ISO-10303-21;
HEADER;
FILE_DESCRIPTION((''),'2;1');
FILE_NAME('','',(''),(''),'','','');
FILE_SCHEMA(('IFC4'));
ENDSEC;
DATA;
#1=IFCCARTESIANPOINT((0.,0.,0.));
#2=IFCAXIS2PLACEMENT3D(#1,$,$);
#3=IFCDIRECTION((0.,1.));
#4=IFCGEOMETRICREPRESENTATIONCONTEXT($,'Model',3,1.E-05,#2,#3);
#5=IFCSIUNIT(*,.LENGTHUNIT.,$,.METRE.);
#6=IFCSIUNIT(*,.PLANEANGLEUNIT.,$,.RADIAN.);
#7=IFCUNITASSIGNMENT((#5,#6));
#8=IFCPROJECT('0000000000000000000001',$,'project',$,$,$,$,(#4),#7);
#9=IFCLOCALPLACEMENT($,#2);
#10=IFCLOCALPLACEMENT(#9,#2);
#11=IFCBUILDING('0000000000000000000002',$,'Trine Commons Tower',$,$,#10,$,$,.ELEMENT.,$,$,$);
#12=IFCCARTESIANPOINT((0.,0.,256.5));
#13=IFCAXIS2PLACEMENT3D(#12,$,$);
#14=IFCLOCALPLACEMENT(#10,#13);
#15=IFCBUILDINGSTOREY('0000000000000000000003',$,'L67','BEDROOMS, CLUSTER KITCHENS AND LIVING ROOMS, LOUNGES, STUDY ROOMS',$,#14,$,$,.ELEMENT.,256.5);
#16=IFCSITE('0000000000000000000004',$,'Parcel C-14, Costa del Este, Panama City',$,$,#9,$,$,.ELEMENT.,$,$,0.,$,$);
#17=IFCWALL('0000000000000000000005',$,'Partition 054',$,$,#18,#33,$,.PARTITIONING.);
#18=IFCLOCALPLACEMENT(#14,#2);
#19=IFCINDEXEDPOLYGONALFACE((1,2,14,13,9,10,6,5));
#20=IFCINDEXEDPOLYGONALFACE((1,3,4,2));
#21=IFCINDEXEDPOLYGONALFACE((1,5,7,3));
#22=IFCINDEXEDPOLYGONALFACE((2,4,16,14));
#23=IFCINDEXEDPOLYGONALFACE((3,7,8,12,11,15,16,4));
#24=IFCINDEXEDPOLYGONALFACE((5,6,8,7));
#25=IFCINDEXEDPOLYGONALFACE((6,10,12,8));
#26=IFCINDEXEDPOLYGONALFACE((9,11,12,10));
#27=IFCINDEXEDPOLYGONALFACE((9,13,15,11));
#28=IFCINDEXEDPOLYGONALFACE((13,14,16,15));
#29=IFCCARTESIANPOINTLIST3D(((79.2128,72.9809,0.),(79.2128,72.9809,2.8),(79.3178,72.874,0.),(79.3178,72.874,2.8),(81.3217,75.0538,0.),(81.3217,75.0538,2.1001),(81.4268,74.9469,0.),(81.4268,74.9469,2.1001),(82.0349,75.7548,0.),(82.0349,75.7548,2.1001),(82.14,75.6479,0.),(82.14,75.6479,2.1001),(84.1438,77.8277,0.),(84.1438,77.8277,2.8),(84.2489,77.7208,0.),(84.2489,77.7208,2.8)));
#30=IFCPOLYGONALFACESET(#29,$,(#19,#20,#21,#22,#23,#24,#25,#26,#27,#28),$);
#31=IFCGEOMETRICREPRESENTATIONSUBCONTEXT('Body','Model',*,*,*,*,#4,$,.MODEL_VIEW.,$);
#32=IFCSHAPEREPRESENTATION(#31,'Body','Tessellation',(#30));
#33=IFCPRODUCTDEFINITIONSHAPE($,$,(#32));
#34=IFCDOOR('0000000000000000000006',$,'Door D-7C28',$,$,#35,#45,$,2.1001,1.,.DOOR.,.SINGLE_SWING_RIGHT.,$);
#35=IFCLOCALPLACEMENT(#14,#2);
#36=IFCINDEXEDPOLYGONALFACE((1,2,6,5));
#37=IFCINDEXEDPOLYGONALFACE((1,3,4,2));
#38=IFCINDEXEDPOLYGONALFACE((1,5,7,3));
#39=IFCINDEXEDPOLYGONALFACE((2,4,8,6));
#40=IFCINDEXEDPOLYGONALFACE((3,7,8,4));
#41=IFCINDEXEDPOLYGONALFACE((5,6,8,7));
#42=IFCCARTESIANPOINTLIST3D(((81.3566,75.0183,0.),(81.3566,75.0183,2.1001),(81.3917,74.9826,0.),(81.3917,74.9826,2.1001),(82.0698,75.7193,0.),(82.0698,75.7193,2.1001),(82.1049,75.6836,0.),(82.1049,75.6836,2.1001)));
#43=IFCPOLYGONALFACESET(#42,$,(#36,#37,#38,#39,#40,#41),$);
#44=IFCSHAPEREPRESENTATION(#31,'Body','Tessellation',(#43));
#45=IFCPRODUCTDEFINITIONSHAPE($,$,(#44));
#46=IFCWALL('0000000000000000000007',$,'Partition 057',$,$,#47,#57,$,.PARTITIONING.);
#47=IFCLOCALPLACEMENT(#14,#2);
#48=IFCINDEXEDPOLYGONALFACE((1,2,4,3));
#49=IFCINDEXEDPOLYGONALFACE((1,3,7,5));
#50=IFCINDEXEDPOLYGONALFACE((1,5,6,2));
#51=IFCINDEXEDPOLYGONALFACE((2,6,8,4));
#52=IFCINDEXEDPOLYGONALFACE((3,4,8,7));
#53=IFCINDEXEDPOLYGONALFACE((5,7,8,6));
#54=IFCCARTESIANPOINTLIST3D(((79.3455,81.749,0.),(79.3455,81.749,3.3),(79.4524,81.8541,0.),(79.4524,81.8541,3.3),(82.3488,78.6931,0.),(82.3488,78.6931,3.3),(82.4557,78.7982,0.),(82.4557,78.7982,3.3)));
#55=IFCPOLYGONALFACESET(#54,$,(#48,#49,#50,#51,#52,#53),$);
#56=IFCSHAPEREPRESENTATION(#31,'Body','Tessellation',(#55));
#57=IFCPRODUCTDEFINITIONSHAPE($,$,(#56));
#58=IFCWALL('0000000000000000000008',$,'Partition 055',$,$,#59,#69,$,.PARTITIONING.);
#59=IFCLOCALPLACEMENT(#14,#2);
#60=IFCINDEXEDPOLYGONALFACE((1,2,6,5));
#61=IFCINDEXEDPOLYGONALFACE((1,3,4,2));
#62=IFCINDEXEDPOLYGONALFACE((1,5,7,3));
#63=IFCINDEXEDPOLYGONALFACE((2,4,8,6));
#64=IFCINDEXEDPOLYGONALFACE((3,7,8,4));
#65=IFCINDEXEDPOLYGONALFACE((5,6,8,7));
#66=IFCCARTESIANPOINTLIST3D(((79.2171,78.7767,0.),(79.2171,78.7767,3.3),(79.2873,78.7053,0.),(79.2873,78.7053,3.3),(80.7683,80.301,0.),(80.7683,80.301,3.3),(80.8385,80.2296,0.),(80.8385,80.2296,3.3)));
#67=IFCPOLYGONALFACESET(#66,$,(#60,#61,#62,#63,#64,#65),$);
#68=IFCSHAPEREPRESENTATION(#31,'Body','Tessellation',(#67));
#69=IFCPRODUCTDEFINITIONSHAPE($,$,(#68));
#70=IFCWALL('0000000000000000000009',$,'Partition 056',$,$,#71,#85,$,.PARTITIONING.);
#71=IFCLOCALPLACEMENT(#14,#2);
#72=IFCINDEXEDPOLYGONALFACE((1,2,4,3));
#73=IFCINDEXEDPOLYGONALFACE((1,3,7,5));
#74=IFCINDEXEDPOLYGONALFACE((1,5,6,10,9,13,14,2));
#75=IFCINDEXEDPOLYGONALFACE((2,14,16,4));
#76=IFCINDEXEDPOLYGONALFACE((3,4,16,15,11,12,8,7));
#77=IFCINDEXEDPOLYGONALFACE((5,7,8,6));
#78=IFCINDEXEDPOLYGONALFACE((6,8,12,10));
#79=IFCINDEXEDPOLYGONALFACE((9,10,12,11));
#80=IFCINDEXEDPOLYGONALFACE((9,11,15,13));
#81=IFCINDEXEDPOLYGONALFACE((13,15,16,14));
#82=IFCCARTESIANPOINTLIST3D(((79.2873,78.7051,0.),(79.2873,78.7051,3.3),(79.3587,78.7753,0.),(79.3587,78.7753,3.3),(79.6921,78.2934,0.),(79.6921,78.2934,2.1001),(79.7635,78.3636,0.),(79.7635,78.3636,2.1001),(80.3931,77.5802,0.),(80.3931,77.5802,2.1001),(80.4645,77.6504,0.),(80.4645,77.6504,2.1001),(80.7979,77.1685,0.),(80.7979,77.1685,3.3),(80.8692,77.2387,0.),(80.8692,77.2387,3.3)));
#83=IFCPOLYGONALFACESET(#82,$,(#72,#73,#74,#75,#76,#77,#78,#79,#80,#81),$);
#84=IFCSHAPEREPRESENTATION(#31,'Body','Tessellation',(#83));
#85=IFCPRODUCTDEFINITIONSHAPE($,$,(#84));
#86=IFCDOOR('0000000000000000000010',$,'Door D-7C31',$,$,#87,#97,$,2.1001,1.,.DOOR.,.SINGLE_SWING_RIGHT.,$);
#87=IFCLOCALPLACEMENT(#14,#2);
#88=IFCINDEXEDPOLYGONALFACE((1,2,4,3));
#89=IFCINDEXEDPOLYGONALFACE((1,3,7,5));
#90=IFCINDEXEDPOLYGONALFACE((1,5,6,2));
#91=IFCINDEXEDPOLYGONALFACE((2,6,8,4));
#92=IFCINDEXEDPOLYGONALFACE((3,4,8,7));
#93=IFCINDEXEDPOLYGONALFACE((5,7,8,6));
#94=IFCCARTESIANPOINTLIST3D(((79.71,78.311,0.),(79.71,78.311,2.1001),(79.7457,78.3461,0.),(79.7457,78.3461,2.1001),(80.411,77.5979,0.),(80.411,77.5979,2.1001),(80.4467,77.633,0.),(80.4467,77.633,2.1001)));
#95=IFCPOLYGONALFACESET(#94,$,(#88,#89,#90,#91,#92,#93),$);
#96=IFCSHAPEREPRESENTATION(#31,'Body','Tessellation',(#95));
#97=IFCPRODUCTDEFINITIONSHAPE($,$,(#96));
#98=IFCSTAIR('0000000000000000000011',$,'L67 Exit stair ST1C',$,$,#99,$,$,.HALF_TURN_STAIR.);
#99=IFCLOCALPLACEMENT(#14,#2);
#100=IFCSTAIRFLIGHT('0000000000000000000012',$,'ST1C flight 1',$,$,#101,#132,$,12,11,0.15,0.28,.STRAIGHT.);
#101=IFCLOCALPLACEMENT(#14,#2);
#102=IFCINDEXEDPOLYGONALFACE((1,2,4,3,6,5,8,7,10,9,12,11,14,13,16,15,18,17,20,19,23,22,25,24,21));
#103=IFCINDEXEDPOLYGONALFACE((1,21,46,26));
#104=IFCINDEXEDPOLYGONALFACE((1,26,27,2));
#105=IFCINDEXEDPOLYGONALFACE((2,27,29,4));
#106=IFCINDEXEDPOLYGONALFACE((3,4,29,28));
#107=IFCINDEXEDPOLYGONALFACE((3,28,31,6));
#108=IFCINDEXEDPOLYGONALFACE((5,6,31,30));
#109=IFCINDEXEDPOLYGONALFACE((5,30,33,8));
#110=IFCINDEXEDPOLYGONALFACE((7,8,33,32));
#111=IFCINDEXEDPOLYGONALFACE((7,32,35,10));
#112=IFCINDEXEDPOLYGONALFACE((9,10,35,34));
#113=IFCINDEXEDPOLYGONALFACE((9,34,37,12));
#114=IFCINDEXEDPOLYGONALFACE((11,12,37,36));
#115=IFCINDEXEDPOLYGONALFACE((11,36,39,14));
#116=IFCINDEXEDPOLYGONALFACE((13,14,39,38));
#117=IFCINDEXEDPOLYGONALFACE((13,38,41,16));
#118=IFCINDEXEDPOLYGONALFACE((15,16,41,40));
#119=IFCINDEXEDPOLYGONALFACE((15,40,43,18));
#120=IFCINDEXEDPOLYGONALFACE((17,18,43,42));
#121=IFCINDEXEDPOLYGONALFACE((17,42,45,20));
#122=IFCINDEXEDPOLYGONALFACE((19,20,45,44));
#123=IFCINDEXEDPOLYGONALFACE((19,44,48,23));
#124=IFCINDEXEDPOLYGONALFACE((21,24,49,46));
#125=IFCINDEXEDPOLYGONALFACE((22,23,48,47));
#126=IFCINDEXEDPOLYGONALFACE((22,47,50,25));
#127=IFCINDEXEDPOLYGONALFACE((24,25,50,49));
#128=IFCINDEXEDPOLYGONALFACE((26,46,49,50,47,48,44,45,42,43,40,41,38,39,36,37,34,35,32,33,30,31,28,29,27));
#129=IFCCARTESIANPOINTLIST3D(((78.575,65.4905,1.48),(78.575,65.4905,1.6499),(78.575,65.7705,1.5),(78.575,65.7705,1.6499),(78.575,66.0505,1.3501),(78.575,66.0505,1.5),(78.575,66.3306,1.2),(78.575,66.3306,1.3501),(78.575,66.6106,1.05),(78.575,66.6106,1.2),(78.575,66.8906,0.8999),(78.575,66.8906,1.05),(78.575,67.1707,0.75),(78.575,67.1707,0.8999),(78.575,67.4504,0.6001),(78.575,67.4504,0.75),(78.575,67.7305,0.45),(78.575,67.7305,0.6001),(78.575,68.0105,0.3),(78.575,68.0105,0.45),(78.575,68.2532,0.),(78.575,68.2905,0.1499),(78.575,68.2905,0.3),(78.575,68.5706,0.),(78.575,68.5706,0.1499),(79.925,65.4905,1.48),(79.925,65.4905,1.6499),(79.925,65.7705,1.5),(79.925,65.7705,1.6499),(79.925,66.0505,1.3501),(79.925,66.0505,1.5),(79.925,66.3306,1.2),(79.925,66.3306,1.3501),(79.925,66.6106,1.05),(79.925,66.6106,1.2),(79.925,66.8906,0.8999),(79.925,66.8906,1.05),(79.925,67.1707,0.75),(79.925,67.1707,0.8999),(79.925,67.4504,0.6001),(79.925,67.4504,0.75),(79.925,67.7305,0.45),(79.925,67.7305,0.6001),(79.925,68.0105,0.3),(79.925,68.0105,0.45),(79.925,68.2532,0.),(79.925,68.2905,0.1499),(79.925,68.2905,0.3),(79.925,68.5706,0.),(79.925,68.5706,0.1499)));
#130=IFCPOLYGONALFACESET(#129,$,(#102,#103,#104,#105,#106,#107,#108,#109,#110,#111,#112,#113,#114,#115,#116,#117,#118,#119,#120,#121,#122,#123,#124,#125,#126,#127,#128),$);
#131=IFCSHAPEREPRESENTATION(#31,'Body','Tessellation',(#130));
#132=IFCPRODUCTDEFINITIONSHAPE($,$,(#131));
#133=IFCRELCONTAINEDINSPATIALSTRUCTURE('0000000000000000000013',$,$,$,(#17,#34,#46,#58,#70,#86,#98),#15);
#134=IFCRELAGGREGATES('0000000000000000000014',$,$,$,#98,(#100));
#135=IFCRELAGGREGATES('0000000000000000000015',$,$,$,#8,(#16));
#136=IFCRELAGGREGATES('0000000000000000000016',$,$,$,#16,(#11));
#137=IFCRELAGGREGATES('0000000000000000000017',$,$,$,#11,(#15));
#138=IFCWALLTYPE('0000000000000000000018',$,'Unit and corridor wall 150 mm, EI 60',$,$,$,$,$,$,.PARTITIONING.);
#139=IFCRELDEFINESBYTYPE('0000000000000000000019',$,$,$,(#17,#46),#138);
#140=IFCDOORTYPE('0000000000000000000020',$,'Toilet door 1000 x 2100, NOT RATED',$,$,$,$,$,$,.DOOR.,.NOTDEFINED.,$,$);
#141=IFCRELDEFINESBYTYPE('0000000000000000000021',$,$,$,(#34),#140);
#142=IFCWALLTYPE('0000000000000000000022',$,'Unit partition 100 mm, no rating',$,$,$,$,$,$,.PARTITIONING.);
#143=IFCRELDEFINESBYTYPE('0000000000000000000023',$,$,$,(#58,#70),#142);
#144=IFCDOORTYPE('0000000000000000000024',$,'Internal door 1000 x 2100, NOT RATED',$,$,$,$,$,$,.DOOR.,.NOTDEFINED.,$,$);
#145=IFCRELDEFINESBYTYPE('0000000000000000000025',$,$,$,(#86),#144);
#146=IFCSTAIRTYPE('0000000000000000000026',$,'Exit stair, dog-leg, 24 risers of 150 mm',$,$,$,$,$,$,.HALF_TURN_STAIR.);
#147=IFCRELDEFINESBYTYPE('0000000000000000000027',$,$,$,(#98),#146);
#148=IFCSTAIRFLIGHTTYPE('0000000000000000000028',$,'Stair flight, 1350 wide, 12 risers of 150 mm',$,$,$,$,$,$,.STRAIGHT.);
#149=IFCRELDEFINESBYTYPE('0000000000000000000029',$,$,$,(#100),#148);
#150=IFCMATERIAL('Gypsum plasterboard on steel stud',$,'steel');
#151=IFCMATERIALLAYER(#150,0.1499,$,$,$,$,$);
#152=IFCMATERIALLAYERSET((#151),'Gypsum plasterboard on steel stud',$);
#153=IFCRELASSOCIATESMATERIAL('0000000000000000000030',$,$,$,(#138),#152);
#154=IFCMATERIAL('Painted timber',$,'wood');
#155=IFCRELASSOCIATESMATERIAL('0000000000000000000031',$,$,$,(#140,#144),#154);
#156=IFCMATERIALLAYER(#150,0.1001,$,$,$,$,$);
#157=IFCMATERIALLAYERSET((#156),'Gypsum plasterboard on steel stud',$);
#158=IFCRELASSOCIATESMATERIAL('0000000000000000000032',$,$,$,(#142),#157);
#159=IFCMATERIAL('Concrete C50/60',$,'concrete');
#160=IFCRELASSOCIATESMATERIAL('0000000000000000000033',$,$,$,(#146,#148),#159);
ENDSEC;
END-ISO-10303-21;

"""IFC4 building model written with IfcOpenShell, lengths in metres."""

from ifc_helpers import new_model, si_unit, direction, frame, frame_2d, origin, place, context, subcontext, project, spatial, polyline, rectangle, outline, extrude, material, layer, layer_set, type_object, element, fill, aggregate, save


model = new_model("IFC4")

# Units and contexts
model_context = context("Model", 3, precision=1e-05, world=origin(), true_north=direction((0.0, 1.0)))
body_context = subcontext(model_context, "Body", "Model", "MODEL_VIEW")
ifc_project = project(units=[si_unit("LENGTHUNIT", "METRE"), si_unit("PLANEANGLEUNIT", "RADIAN")], contexts=[model_context])

# Site, building, storey
site_placement = place(None, origin())
site = spatial("IfcSite", under=ifc_project, at=site_placement, Name="Parcel C-14, Costa del Este, Panama City", CompositionType="ELEMENT", RefElevation=0.0)
building_placement = place(site_placement, origin())
building = spatial("IfcBuilding", under=site, at=building_placement, Name="Trine Commons Tower", CompositionType="ELEMENT")
storey_placement = place(building_placement, frame((0.0, 0.0, 256.5)))
storey = spatial("IfcBuildingStorey", under=building, at=storey_placement, Name="L67", Description="BEDROOMS, CLUSTER KITCHENS AND LIVING ROOMS, LOUNGES, STUDY ROOMS", CompositionType="ELEMENT", Elevation=256.5)

# Shared definitions
ifc_material_1 = material(Name="Concrete C50/60", Category="concrete")

# Shared definitions
ifc_material_2 = material(Name="Gypsum plasterboard on steel stud", Category="steel")
ifc_layer_1 = layer(ifc_material_2, 0.1499)
ifc_layer_set_1 = layer_set([ifc_layer_1], Name="Gypsum plasterboard on steel stud")
wall_type_1 = type_object("IfcWallType", Name="Unit and corridor wall 150 mm, EI 60", PredefinedType="PARTITIONING", material=ifc_layer_set_1)

# Shared definitions
ifc_material_3 = material(Name="Painted timber", Category="wood")

# Wall, opening, door
wall_1_placement = place(storey_placement, frame((79.2654, 72.9275, 0.0), z_axis=(0.0, 0.0, 1.0), x_axis=(0.713171, 0.70099, 0.0)))
wall_1 = element("IfcWall", 1, at=wall_1_placement, inside=storey, type_object=wall_type_1, Name="Partition 054", PredefinedType="PARTITIONING", context=body_context, shape_type="SweptSolid", body=[
    extrude(rectangle(XDim=6.9143, YDim=0.1499, at=frame_2d((3.457, 0.0))), origin(), (0.0, 0.0, 1.0), 2.8),
])
opening_1_placement = place(wall_1_placement, frame((2.957, 0.0, 0.0)))
opening_1 = element("IfcOpeningElement", 2, at=opening_1_placement, cuts=wall_1, PredefinedType="OPENING", context=body_context, shape_type="SweptSolid", body=[
    extrude(rectangle(XDim=1.0, YDim=2.1001, at=frame_2d((0.5, 1.05))), frame((0.0, 0.085, 0.0), z_axis=(0.0, -1.0, 0.0), x_axis=(1.0, 0.0, 0.0)), (0.0, 0.0, 1.0), 0.1699),
])
door_type_1 = type_object("IfcDoorType", Name="Toilet door 1000 x 2100, NOT RATED", OperationType="NOTDEFINED", PredefinedType="DOOR", material=ifc_material_3)
door_1_placement = place(opening_1_placement, frame((1.0, 0.0, 0.0), z_axis=(0.0, 0.0, 1.0), x_axis=(-1.0, 0.0, 0.0)))
door_1 = element("IfcDoor", 3, at=door_1_placement, inside=storey, type_object=door_type_1, Name="Door D-7C28", OperationType="SINGLE_SWING_RIGHT", OverallHeight=2.1001, OverallWidth=1.0, PredefinedType="DOOR", context=body_context, shape_type="SweptSolid", body=[
    extrude(rectangle(XDim=1.0, YDim=2.1001, at=frame_2d((0.5, 1.05))), frame((0.0, 0.0249, 0.0), z_axis=(0.0, -1.0, 0.0), x_axis=(1.0, 0.0, 0.0)), (0.0, 0.0, 1.0), 0.05),
])
fill(opening_1, door_1)

# Walls
wall_2_placement = place(storey_placement, frame((79.3989, 81.8015, 0.0), z_axis=(0.0, 0.0, 1.0), x_axis=(0.700955, -0.713205, 0.0)))
element("IfcWall", 4, at=wall_2_placement, inside=storey, type_object=wall_type_1, Name="Partition 057", PredefinedType="PARTITIONING", context=body_context, shape_type="SweptSolid", body=[
    extrude(rectangle(XDim=4.2847, YDim=0.1499, at=frame_2d((2.1423, 0.0))), origin(), (0.0, 0.0, 1.0), 3.3),
])
ifc_layer_2 = layer(ifc_material_2, 0.1001)
ifc_layer_set_2 = layer_set([ifc_layer_2], Name="Gypsum plasterboard on steel stud")
wall_type_2 = type_object("IfcWallType", Name="Unit partition 100 mm, no rating", PredefinedType="PARTITIONING", material=ifc_layer_set_2)
wall_3_placement = place(storey_placement, frame((79.2522, 78.741, 0.0), z_axis=(0.0, 0.0, 1.0), x_axis=(0.713254, 0.700906, 0.0)))
element("IfcWall", 5, at=wall_3_placement, inside=storey, type_object=wall_type_2, Name="Partition 055", PredefinedType="PARTITIONING", context=body_context, shape_type="SweptSolid", body=[
    extrude(rectangle(XDim=2.1748, YDim=0.1001, at=frame_2d((1.0874, 0.0))), origin(), (0.0, 0.0, 1.0), 3.3),
])

# Wall, opening, door
wall_4_placement = place(storey_placement, frame((79.323, 78.7402, 0.0), z_axis=(0.0, 0.0, 1.0), x_axis=(0.701019, -0.713143, 0.0)))
wall_4 = element("IfcWall", 6, at=wall_4_placement, inside=storey, type_object=wall_type_2, Name="Partition 056", PredefinedType="PARTITIONING", context=body_context, shape_type="SweptSolid", body=[
    extrude(rectangle(XDim=2.1548, YDim=0.1001, at=frame_2d((1.0774, 0.0))), origin(), (0.0, 0.0, 1.0), 3.3),
])
opening_2_placement = place(wall_4_placement, frame((0.5774, 0.0, 0.0)))
opening_2 = element("IfcOpeningElement", 7, at=opening_2_placement, cuts=wall_4, PredefinedType="OPENING", context=body_context, shape_type="SweptSolid", body=[
    extrude(rectangle(XDim=1.0, YDim=2.1001, at=frame_2d((0.5, 1.05))), frame((0.0, 0.0601, 0.0), z_axis=(0.0, -1.0, 0.0), x_axis=(1.0, 0.0, 0.0)), (0.0, 0.0, 1.0), 0.1201),
])
door_type_2 = type_object("IfcDoorType", Name="Internal door 1000 x 2100, NOT RATED", OperationType="NOTDEFINED", PredefinedType="DOOR", material=ifc_material_3)
door_2_placement = place(opening_2_placement, frame((1.0, 0.0, 0.0), z_axis=(0.0, 0.0, 1.0), x_axis=(-1.0, 0.0, 0.0)))
door_2 = element("IfcDoor", 8, at=door_2_placement, inside=storey, type_object=door_type_2, Name="Door D-7C31", OperationType="SINGLE_SWING_RIGHT", OverallHeight=2.1001, OverallWidth=1.0, PredefinedType="DOOR", context=body_context, shape_type="SweptSolid", body=[
    extrude(rectangle(XDim=1.0, YDim=2.1001, at=frame_2d((0.5, 1.05))), frame((0.0, 0.0249, 0.0), z_axis=(0.0, -1.0, 0.0), x_axis=(1.0, 0.0, 0.0)), (0.0, 0.0, 1.0), 0.05),
])
fill(opening_2, door_2)

# Stair, stair flight
stair_type = type_object("IfcStairType", Name="Exit stair, dog-leg, 24 risers of 150 mm", PredefinedType="HALF_TURN_STAIR", material=ifc_material_1)
stair_placement = place(storey_placement, origin())
stair = element("IfcStair", 9, at=stair_placement, inside=storey, type_object=stair_type, Name="L67 Exit stair ST1C", PredefinedType="HALF_TURN_STAIR")
stair_flight_type = type_object("IfcStairFlightType", Name="Stair flight, 1350 wide, 12 risers of 150 mm", PredefinedType="STRAIGHT", material=ifc_material_1)
stair_flight_placement = place(storey_placement, frame((79.25, 68.5706, 0.0), z_axis=(0.0, 0.0, 1.0), x_axis=(0.0, -1.0, 0.0)))
stair_flight = element("IfcStairFlight", 10, at=stair_flight_placement, type_object=stair_flight_type, Name="ST1C flight 1", NumberOfRisers=12, NumberOfTreads=11, PredefinedType="STRAIGHT", RiserHeight=0.15, TreadLength=0.28, context=body_context, shape_type="SweptSolid", body=[
    extrude(outline(polyline([(0.0, 0.0), (0.0, 0.1499), (0.28, 0.1499), (0.28, 0.3), (0.5601, 0.3), (0.5601, 0.45), (0.8401, 0.45), (0.8401, 0.6001), (1.1201, 0.6001), (1.1201, 0.75), (1.3999, 0.75), (1.3999, 0.8999), (1.6799, 0.8999), (1.6799, 1.05), (1.96, 1.05), (1.96, 1.2), (2.24, 1.2), (2.24, 1.3501), (2.52, 1.3501), (2.52, 1.5), (2.8, 1.5), (2.8, 1.6499), (3.0801, 1.6499), (3.0801, 1.8), (3.0801, 1.48), (0.3174, 0.0), (0.0, 0.0)])), frame((0.0, 0.675, 0.0), z_axis=(0.0, -1.0, 0.0), x_axis=(1.0, 0.0, 0.0)), (0.0, 0.0, 1.0), 1.3501),
])
aggregate(stair, [stair_flight])

save(model, "model.ifc")
